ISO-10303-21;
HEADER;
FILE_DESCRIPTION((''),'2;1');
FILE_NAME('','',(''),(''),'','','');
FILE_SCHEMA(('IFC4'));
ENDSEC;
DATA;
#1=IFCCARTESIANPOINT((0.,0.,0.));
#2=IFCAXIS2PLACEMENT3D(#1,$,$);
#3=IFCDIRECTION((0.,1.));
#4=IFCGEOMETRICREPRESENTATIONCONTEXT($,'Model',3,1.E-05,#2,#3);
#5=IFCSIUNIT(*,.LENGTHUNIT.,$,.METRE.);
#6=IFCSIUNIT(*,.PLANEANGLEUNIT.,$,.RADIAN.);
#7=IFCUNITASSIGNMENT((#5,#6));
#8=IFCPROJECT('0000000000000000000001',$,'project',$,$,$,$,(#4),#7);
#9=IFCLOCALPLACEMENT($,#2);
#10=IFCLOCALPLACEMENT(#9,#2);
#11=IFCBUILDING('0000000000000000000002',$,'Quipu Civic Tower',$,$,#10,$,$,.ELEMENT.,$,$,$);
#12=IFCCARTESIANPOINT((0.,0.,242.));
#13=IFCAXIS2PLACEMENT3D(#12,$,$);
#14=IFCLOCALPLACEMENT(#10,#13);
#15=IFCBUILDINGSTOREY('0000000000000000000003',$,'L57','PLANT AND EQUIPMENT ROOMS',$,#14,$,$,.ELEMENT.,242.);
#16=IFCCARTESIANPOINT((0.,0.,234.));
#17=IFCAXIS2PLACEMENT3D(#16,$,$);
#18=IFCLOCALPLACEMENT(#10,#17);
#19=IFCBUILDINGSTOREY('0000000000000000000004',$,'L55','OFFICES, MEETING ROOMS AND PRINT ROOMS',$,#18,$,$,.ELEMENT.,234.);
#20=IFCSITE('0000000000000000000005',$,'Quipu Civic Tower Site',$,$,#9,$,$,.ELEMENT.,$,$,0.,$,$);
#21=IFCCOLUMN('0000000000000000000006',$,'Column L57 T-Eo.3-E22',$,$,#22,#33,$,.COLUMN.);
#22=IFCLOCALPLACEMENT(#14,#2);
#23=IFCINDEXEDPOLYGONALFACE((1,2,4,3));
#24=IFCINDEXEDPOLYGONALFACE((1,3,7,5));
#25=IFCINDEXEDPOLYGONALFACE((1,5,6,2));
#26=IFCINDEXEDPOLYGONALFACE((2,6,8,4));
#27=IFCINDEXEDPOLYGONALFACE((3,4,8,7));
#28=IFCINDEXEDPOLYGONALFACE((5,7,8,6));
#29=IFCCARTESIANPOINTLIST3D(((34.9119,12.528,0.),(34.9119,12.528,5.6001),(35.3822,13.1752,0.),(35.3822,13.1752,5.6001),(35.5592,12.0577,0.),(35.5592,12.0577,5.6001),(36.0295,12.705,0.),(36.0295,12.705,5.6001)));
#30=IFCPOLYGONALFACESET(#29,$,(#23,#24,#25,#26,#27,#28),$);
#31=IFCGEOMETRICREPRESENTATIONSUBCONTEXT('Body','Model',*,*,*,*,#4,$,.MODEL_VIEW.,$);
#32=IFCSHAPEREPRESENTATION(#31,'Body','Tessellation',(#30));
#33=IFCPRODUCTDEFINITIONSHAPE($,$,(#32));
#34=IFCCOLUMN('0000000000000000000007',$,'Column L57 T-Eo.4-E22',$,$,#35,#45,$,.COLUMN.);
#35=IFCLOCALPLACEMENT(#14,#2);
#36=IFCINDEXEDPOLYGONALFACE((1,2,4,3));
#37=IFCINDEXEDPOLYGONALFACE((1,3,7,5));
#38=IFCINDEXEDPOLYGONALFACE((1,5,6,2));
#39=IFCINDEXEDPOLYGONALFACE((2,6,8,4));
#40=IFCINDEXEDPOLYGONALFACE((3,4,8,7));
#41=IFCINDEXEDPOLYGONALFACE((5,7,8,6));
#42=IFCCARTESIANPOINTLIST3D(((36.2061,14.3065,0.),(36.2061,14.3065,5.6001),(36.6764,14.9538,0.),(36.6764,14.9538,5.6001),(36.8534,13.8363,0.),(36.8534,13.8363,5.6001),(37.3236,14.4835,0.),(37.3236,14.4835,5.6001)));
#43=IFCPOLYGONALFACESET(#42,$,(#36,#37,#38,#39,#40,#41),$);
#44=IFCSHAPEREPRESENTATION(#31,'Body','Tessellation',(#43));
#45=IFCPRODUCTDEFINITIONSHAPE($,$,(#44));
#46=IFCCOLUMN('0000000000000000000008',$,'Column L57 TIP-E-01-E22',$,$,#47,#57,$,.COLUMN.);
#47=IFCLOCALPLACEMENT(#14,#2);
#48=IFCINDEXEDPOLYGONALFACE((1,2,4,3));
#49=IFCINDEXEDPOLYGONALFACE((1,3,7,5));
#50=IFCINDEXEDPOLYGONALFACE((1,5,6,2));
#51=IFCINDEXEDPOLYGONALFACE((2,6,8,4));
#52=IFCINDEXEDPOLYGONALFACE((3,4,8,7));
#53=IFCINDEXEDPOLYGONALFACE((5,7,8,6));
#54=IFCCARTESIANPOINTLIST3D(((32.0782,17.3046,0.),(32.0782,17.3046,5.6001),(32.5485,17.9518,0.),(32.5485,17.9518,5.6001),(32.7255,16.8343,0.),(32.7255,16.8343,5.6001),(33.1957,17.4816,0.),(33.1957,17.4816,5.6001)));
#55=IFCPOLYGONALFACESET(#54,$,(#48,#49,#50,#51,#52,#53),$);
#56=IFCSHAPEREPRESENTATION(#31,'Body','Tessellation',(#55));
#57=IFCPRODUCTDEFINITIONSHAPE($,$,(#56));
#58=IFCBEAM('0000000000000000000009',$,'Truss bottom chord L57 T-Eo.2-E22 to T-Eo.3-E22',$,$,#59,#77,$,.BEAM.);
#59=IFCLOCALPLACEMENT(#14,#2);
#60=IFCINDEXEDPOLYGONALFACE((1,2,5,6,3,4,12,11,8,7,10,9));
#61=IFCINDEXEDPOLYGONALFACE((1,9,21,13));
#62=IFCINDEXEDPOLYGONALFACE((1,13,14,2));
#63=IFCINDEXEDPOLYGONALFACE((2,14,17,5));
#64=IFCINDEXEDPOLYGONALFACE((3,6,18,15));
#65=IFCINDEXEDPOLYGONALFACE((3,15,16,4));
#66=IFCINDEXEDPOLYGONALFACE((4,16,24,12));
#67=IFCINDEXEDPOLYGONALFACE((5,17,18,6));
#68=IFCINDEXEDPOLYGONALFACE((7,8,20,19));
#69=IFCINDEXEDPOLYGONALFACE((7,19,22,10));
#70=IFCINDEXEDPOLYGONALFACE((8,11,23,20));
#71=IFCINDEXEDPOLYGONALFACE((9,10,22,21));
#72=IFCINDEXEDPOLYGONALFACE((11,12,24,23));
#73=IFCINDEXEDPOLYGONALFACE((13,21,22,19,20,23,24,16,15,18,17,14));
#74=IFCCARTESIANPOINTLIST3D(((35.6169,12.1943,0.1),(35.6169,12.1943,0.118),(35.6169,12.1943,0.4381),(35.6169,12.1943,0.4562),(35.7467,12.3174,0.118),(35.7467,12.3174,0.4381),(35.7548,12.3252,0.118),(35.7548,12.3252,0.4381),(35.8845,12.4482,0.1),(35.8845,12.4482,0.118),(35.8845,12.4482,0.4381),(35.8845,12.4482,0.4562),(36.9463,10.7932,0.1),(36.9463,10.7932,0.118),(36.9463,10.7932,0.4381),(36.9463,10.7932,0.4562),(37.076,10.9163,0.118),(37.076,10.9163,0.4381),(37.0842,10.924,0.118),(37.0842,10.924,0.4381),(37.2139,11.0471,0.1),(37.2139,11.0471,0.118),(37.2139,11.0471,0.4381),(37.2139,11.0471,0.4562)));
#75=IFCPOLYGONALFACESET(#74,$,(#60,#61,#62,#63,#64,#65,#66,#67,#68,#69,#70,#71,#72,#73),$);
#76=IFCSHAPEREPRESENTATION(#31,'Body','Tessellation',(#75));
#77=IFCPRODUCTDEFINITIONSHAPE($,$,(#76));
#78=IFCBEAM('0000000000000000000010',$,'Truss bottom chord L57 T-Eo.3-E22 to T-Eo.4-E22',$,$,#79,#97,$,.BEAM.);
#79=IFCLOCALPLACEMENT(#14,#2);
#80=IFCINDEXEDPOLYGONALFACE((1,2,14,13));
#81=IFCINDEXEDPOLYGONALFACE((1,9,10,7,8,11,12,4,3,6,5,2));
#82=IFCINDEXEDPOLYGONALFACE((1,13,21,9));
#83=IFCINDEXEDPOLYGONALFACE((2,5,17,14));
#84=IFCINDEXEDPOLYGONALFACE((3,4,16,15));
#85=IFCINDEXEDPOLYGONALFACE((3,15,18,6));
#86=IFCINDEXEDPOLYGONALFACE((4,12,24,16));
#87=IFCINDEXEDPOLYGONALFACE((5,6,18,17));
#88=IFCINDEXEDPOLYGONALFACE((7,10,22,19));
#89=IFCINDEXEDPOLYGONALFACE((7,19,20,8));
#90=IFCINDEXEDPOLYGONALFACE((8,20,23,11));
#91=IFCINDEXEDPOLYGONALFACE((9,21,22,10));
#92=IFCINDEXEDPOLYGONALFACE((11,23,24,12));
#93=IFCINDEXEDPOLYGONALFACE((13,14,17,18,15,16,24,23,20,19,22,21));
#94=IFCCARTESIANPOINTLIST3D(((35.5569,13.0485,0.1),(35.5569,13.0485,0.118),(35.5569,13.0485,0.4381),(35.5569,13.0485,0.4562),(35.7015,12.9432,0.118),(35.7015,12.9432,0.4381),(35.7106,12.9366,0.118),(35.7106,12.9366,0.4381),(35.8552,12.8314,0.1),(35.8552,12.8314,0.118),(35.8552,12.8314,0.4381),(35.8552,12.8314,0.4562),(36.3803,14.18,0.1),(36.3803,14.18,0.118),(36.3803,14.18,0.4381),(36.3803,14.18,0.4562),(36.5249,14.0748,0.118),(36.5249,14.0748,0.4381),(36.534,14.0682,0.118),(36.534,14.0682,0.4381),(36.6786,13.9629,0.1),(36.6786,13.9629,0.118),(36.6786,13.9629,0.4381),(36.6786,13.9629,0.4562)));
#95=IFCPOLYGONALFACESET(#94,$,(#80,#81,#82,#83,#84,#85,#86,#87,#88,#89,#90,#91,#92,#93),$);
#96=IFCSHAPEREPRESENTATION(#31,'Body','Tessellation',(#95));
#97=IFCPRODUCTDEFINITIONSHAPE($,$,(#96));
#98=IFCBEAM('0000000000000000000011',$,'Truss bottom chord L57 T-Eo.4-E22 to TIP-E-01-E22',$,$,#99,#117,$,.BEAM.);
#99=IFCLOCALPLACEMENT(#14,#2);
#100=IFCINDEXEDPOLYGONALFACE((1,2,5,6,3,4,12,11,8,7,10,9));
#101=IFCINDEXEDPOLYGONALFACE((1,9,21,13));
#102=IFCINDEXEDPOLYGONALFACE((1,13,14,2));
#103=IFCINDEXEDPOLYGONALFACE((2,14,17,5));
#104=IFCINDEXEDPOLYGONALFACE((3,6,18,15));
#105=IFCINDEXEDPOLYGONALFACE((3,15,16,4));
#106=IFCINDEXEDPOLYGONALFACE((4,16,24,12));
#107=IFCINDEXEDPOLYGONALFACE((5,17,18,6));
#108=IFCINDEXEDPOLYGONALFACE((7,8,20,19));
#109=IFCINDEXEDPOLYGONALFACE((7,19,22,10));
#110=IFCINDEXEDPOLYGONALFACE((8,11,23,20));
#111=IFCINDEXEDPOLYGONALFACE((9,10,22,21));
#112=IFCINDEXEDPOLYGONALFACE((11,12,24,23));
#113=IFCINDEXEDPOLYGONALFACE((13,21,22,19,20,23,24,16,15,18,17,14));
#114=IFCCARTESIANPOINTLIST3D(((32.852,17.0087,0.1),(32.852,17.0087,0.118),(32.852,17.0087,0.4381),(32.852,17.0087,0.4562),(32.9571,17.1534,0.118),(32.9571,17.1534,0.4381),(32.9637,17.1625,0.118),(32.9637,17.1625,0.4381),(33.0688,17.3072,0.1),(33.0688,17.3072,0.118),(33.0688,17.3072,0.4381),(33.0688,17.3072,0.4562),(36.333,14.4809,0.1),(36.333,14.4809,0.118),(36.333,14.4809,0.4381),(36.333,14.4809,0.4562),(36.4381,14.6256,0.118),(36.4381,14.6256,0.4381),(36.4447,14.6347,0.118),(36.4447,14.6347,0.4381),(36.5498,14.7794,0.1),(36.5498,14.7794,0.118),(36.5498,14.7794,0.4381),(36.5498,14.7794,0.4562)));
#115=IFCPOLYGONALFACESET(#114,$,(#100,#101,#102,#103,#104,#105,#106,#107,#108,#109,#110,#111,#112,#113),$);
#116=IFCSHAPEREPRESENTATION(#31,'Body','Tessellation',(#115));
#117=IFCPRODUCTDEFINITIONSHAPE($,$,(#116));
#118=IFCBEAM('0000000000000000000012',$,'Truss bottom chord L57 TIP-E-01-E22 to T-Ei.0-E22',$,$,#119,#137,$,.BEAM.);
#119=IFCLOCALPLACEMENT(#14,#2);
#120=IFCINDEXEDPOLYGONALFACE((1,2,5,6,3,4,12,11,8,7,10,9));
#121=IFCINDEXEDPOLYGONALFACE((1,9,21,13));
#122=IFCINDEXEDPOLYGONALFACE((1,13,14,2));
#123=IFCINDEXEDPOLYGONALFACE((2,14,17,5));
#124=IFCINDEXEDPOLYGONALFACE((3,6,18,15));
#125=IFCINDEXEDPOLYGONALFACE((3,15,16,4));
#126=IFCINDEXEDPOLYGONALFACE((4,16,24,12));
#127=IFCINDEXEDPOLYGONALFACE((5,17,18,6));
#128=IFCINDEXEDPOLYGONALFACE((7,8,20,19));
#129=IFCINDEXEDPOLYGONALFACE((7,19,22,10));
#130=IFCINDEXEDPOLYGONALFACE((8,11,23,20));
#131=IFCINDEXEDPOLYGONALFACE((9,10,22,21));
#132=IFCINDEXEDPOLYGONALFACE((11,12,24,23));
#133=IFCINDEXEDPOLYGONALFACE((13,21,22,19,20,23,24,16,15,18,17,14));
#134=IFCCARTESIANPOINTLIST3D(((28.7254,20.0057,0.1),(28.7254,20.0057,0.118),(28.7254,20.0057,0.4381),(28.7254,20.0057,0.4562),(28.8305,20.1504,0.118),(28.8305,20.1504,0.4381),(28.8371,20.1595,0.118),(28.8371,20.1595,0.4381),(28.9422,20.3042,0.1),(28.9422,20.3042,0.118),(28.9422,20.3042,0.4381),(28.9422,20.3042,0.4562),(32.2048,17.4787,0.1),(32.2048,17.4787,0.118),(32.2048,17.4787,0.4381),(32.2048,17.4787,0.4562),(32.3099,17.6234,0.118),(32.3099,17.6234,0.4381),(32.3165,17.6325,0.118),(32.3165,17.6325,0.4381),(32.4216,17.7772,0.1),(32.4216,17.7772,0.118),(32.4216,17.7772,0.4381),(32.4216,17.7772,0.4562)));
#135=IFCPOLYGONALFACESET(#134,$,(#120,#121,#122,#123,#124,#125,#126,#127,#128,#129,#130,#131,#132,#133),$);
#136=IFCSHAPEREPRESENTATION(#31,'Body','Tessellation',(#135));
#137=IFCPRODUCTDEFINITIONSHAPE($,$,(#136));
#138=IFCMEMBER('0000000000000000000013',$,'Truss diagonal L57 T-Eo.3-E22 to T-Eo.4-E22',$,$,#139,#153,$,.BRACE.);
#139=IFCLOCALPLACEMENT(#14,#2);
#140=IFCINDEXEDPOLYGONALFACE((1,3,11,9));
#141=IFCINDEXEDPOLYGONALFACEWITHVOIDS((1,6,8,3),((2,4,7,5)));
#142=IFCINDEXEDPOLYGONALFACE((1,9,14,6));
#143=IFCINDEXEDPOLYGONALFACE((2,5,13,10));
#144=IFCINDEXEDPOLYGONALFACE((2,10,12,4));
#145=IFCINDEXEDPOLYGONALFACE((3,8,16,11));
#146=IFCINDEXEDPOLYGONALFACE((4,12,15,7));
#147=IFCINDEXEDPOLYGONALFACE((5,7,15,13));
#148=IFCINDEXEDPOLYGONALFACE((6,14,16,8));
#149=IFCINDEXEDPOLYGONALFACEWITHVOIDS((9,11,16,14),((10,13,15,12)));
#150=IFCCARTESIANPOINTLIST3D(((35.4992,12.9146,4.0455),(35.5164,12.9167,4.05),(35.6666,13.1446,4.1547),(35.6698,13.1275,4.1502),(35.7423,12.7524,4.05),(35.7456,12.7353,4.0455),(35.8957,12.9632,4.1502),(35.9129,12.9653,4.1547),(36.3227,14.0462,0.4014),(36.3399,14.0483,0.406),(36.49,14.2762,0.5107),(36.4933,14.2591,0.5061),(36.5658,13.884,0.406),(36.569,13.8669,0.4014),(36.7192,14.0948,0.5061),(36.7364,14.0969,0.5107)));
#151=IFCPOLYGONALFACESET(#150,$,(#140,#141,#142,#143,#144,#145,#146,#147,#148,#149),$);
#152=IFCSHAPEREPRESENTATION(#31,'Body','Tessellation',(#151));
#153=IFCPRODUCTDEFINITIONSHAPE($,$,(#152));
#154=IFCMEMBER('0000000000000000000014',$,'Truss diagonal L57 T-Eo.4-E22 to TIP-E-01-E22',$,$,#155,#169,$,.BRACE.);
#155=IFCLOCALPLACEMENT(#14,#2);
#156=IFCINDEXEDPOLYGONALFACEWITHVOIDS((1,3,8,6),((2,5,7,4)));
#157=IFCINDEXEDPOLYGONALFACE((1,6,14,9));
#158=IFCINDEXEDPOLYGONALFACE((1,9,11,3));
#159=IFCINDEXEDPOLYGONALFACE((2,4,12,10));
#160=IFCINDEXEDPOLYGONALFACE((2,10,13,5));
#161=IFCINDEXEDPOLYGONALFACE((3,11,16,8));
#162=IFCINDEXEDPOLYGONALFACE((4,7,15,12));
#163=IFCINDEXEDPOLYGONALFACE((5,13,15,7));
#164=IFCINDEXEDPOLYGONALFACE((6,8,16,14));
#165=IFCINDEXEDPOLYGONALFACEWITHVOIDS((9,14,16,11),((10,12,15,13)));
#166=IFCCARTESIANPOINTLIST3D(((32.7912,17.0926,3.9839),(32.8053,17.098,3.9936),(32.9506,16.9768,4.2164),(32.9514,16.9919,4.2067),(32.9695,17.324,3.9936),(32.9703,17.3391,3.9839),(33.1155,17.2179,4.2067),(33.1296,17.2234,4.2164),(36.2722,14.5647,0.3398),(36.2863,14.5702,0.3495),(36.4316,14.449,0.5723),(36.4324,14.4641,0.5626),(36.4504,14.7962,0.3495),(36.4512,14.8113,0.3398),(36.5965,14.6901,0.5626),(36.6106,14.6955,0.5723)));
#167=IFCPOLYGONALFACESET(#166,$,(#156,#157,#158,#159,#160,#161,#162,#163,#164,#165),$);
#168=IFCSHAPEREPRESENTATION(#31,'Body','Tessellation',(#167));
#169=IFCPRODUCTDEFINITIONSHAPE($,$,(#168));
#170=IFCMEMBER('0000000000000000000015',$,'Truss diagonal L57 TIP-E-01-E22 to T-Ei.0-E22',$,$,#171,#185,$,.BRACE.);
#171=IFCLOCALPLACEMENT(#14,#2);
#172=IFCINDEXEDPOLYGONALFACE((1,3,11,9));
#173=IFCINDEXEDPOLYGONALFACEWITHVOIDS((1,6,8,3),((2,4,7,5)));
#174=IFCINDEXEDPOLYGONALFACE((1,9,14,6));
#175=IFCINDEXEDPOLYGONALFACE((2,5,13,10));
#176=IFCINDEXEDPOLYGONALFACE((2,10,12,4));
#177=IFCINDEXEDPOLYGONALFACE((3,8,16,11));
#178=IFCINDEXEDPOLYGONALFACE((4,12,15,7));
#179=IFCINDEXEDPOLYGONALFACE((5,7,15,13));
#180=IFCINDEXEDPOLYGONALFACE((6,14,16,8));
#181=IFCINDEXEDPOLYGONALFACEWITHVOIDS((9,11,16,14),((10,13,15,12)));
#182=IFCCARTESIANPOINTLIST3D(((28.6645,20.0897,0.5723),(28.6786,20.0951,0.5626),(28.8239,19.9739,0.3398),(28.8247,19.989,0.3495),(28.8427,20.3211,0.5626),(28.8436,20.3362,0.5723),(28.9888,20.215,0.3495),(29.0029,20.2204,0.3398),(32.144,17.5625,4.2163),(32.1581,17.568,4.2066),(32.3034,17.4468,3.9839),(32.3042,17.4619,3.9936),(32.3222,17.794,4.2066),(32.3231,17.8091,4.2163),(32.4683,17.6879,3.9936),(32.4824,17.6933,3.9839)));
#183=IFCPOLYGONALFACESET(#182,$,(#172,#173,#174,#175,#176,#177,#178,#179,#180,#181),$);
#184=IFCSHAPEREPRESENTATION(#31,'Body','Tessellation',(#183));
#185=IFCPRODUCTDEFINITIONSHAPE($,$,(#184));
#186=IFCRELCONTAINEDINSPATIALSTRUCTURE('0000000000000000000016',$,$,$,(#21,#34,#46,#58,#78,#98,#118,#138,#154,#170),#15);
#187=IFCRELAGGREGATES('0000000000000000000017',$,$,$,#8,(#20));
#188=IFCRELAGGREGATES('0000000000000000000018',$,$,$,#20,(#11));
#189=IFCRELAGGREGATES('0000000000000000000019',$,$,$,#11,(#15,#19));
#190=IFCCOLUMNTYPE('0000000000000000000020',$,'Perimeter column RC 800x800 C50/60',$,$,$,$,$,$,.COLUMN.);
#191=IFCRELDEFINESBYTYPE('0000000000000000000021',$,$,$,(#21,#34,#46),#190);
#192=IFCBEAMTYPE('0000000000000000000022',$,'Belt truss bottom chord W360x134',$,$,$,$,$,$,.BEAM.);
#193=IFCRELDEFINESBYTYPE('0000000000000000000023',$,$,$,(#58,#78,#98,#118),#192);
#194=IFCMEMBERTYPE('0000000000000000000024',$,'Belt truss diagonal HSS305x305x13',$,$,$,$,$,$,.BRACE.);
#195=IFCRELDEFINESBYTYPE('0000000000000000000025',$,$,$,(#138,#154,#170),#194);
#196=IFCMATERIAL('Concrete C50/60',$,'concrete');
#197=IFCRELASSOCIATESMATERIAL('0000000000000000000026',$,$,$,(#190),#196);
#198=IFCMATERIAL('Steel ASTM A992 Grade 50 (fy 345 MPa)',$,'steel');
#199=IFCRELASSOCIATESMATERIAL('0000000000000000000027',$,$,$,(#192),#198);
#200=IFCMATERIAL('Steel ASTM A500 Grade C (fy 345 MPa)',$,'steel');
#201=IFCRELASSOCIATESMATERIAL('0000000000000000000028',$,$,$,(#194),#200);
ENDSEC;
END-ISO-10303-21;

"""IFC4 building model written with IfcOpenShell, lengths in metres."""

from ifc_helpers import new_model, si_unit, direction, frame, origin, origin_2d, place, context, subcontext, project, spatial, rectangle, hollow_rectangle, i_section, extrude, material, material_profile, profile_set, type_object, element, save


model = new_model("IFC4")

# Units and contexts
model_context = context("Model", 3, precision=1e-05, world=origin(), true_north=direction((0.0, 1.0)))
body_context = subcontext(model_context, "Body", "Model", "MODEL_VIEW")
ifc_project = project(units=[si_unit("LENGTHUNIT", "METRE"), si_unit("PLANEANGLEUNIT", "RADIAN")], contexts=[model_context])

# Site, building, storey
site_placement = place(None, origin())
site = spatial("IfcSite", under=ifc_project, at=site_placement, Name="Quipu Civic Tower Site", CompositionType="ELEMENT", RefElevation=0.0)
building_placement = place(site_placement, origin())
building = spatial("IfcBuilding", under=site, at=building_placement, Name="Quipu Civic Tower", CompositionType="ELEMENT")
storey_1_placement = place(building_placement, frame((0.0, 0.0, 242.0)))
storey_1 = spatial("IfcBuildingStorey", under=building, at=storey_1_placement, Name="L57", Description="PLANT AND EQUIPMENT ROOMS", CompositionType="ELEMENT", Elevation=242.0)

# Columns
ifc_material_1 = material(Name="Concrete C50/60", Category="concrete")
ifc_material_profile_1 = material_profile(ifc_material_1, rectangle(XDim=0.8, YDim=0.8, at=origin_2d()), Name="RC800x800")
ifc_profile_set_1 = profile_set([ifc_material_profile_1], Name="Concrete C50/60")
column_type = type_object("IfcColumnType", Name="Perimeter column RC 800x800 C50/60", PredefinedType="COLUMN", material=ifc_profile_set_1)
for number, where, z_axis, x_axis, name in (
    (1, (35.4707, 12.6165, 0.0), (0.0, 0.0, 1.0), (-0.809017, 0.587785, 0.0), "Column L57 T-Eo.3-E22"),
    (2, (36.7649, 14.395, 0.0), (0.0, 0.0, 1.0), (-0.809017, 0.587785, 0.0), "Column L57 T-Eo.4-E22"),
    (3, (32.637, 17.3931, 0.0), (0.0, 0.0, 1.0), (-0.809017, 0.587785, 0.0), "Column L57 TIP-E-01-E22"),
):
    element("IfcColumn", number, at=place(storey_1_placement, frame(where, z_axis=z_axis, x_axis=x_axis)), inside=storey_1, type_object=column_type, Name=name, PredefinedType="COLUMN", context=body_context, shape_type="SweptSolid", body=[
        extrude(rectangle(XDim=0.8, YDim=0.8, at=origin_2d()), origin(), (0.0, 0.0, 1.0), 5.6001),
    ])

# Beams
ifc_material_2 = material(Name="Steel ASTM A992 Grade 50 (fy 345 MPa)", Category="steel")
ifc_material_profile_2 = material_profile(ifc_material_2, i_section(OverallWidth=0.3689, OverallDepth=0.3562, WebThickness=0.0112, FlangeThickness=0.0181, at=origin_2d()), Name="W360x134")
ifc_profile_set_2 = profile_set([ifc_material_profile_2], Name="Steel ASTM A992 Grade 50 (fy 345 MPa)")
beam_type_1 = type_object("IfcBeamType", Name="Belt truss bottom chord W360x134", PredefinedType="BEAM", material=ifc_profile_set_2)
beam_1_placement = place(storey_1_placement, frame((37.0801, 10.9202, 0.2781), z_axis=(-0.688281, 0.725444, 0.0), x_axis=(-0.725444, -0.688281, 0.0)))
element("IfcBeam", 4, at=beam_1_placement, inside=storey_1, type_object=beam_type_1, Name="Truss bottom chord L57 T-Eo.2-E22 to T-Eo.3-E22", PredefinedType="BEAM", context=body_context, shape_type="SweptSolid", body=[
    extrude(i_section(OverallWidth=0.3689, OverallDepth=0.3562, WebThickness=0.0112, FlangeThickness=0.0181, at=origin_2d()), origin(), (0.0, 0.0, 1.0), 1.9314),
])
beam_2_placement = place(storey_1_placement, frame((35.7061, 12.9399, 0.2781), z_axis=(0.58841, 0.808563, 0.0), x_axis=(-0.808563, 0.58841, 0.0)))
element("IfcBeam", 5, at=beam_2_placement, inside=storey_1, type_object=beam_type_1, Name="Truss bottom chord L57 T-Eo.3-E22 to T-Eo.4-E22", PredefinedType="BEAM", context=body_context, shape_type="SweptSolid", body=[
    extrude(i_section(OverallWidth=0.3689, OverallDepth=0.3562, WebThickness=0.0112, FlangeThickness=0.0181, at=origin_2d()), origin(), (0.0, 0.0, 1.0), 1.3994),
])
beam_3_placement = place(storey_1_placement, frame((36.4414, 14.6301, 0.2781), z_axis=(-0.809153, 0.587598, 0.0), x_axis=(-0.587598, -0.809153, 0.0)))
element("IfcBeam", 6, at=beam_3_placement, inside=storey_1, type_object=beam_type_1, Name="Truss bottom chord L57 T-Eo.4-E22 to TIP-E-01-E22", PredefinedType="BEAM", context=body_context, shape_type="SweptSolid", body=[
    extrude(i_section(OverallWidth=0.3689, OverallDepth=0.3562, WebThickness=0.0112, FlangeThickness=0.0181, at=origin_2d()), origin(), (0.0, 0.0, 1.0), 4.302),
])
beam_4_placement = place(storey_1_placement, frame((32.3132, 17.6279, 0.2781), z_axis=(-0.809116, 0.587648, 0.0), x_axis=(-0.587648, -0.809116, 0.0)))
element("IfcBeam", 7, at=beam_4_placement, inside=storey_1, type_object=beam_type_1, Name="Truss bottom chord L57 TIP-E-01-E22 to T-Ei.0-E22", PredefinedType="BEAM", context=body_context, shape_type="SweptSolid", body=[
    extrude(i_section(OverallWidth=0.3689, OverallDepth=0.3562, WebThickness=0.0112, FlangeThickness=0.0181, at=origin_2d()), origin(), (0.0, 0.0, 1.0), 4.3003),
])

# Members
ifc_material_3 = material(Name="Steel ASTM A500 Grade C (fy 345 MPa)", Category="steel")
ifc_material_profile_3 = material_profile(ifc_material_3, hollow_rectangle(XDim=0.3047, YDim=0.3047, WallThickness=0.0127, at=origin_2d()), Name="HSS305x305x13")
ifc_profile_set_3 = profile_set([ifc_material_profile_3], Name="Steel ASTM A500 Grade C (fy 345 MPa)")
member_type_1 = type_object("IfcMemberType", Name="Belt truss diagonal HSS305x305x13", PredefinedType="BRACE", material=ifc_profile_set_3)
member_1_placement = place(storey_1_placement, frame((35.7061, 12.9399, 4.1001), z_axis=(0.210958, 0.289888, -0.933521), x_axis=(-0.808563, 0.58841, 0.0)))
element("IfcMember", 8, at=member_1_placement, inside=storey_1, type_object=member_type_1, Name="Truss diagonal L57 T-Eo.3-E22 to T-Eo.4-E22", PredefinedType="BRACE", context=body_context, shape_type="SweptSolid", body=[
    extrude(hollow_rectangle(XDim=0.3047, YDim=0.3047, WallThickness=0.0127, at=origin_2d()), origin(), (0.0, 0.0, 1.0), 3.9036),
])
member_2_placement = place(storey_1_placement, frame((36.4414, 14.6301, 0.4561), z_axis=(-0.61742, 0.448363, 0.646346), x_axis=(-0.587598, -0.809153, 0.0)))
element("IfcMember", 9, at=member_2_placement, inside=storey_1, type_object=member_type_1, Name="Truss diagonal L57 T-Eo.4-E22 to TIP-E-01-E22", PredefinedType="BRACE", context=body_context, shape_type="SweptSolid", body=[
    extrude(hollow_rectangle(XDim=0.3047, YDim=0.3047, WallThickness=0.0127, at=origin_2d()), origin(), (0.0, 0.0, 1.0), 5.6379),
])
member_3_placement = place(storey_1_placement, frame((32.3132, 17.6279, 4.1001), z_axis=(-0.617295, 0.448331, -0.646488), x_axis=(-0.587648, -0.809116, 0.0)))
element("IfcMember", 10, at=member_3_placement, inside=storey_1, type_object=member_type_1, Name="Truss diagonal L57 TIP-E-01-E22 to T-Ei.0-E22", PredefinedType="BRACE", context=body_context, shape_type="SweptSolid", body=[
    extrude(hollow_rectangle(XDim=0.3047, YDim=0.3047, WallThickness=0.0127, at=origin_2d()), origin(), (0.0, 0.0, 1.0), 5.6367),
])

# Shared definitions
storey_2_placement = place(building_placement, frame((0.0, 0.0, 234.0)))
storey_2 = spatial("IfcBuildingStorey", under=building, at=storey_2_placement, Name="L55", Description="OFFICES, MEETING ROOMS AND PRINT ROOMS", CompositionType="ELEMENT", Elevation=234.0)

save(model, "model.ifc")
